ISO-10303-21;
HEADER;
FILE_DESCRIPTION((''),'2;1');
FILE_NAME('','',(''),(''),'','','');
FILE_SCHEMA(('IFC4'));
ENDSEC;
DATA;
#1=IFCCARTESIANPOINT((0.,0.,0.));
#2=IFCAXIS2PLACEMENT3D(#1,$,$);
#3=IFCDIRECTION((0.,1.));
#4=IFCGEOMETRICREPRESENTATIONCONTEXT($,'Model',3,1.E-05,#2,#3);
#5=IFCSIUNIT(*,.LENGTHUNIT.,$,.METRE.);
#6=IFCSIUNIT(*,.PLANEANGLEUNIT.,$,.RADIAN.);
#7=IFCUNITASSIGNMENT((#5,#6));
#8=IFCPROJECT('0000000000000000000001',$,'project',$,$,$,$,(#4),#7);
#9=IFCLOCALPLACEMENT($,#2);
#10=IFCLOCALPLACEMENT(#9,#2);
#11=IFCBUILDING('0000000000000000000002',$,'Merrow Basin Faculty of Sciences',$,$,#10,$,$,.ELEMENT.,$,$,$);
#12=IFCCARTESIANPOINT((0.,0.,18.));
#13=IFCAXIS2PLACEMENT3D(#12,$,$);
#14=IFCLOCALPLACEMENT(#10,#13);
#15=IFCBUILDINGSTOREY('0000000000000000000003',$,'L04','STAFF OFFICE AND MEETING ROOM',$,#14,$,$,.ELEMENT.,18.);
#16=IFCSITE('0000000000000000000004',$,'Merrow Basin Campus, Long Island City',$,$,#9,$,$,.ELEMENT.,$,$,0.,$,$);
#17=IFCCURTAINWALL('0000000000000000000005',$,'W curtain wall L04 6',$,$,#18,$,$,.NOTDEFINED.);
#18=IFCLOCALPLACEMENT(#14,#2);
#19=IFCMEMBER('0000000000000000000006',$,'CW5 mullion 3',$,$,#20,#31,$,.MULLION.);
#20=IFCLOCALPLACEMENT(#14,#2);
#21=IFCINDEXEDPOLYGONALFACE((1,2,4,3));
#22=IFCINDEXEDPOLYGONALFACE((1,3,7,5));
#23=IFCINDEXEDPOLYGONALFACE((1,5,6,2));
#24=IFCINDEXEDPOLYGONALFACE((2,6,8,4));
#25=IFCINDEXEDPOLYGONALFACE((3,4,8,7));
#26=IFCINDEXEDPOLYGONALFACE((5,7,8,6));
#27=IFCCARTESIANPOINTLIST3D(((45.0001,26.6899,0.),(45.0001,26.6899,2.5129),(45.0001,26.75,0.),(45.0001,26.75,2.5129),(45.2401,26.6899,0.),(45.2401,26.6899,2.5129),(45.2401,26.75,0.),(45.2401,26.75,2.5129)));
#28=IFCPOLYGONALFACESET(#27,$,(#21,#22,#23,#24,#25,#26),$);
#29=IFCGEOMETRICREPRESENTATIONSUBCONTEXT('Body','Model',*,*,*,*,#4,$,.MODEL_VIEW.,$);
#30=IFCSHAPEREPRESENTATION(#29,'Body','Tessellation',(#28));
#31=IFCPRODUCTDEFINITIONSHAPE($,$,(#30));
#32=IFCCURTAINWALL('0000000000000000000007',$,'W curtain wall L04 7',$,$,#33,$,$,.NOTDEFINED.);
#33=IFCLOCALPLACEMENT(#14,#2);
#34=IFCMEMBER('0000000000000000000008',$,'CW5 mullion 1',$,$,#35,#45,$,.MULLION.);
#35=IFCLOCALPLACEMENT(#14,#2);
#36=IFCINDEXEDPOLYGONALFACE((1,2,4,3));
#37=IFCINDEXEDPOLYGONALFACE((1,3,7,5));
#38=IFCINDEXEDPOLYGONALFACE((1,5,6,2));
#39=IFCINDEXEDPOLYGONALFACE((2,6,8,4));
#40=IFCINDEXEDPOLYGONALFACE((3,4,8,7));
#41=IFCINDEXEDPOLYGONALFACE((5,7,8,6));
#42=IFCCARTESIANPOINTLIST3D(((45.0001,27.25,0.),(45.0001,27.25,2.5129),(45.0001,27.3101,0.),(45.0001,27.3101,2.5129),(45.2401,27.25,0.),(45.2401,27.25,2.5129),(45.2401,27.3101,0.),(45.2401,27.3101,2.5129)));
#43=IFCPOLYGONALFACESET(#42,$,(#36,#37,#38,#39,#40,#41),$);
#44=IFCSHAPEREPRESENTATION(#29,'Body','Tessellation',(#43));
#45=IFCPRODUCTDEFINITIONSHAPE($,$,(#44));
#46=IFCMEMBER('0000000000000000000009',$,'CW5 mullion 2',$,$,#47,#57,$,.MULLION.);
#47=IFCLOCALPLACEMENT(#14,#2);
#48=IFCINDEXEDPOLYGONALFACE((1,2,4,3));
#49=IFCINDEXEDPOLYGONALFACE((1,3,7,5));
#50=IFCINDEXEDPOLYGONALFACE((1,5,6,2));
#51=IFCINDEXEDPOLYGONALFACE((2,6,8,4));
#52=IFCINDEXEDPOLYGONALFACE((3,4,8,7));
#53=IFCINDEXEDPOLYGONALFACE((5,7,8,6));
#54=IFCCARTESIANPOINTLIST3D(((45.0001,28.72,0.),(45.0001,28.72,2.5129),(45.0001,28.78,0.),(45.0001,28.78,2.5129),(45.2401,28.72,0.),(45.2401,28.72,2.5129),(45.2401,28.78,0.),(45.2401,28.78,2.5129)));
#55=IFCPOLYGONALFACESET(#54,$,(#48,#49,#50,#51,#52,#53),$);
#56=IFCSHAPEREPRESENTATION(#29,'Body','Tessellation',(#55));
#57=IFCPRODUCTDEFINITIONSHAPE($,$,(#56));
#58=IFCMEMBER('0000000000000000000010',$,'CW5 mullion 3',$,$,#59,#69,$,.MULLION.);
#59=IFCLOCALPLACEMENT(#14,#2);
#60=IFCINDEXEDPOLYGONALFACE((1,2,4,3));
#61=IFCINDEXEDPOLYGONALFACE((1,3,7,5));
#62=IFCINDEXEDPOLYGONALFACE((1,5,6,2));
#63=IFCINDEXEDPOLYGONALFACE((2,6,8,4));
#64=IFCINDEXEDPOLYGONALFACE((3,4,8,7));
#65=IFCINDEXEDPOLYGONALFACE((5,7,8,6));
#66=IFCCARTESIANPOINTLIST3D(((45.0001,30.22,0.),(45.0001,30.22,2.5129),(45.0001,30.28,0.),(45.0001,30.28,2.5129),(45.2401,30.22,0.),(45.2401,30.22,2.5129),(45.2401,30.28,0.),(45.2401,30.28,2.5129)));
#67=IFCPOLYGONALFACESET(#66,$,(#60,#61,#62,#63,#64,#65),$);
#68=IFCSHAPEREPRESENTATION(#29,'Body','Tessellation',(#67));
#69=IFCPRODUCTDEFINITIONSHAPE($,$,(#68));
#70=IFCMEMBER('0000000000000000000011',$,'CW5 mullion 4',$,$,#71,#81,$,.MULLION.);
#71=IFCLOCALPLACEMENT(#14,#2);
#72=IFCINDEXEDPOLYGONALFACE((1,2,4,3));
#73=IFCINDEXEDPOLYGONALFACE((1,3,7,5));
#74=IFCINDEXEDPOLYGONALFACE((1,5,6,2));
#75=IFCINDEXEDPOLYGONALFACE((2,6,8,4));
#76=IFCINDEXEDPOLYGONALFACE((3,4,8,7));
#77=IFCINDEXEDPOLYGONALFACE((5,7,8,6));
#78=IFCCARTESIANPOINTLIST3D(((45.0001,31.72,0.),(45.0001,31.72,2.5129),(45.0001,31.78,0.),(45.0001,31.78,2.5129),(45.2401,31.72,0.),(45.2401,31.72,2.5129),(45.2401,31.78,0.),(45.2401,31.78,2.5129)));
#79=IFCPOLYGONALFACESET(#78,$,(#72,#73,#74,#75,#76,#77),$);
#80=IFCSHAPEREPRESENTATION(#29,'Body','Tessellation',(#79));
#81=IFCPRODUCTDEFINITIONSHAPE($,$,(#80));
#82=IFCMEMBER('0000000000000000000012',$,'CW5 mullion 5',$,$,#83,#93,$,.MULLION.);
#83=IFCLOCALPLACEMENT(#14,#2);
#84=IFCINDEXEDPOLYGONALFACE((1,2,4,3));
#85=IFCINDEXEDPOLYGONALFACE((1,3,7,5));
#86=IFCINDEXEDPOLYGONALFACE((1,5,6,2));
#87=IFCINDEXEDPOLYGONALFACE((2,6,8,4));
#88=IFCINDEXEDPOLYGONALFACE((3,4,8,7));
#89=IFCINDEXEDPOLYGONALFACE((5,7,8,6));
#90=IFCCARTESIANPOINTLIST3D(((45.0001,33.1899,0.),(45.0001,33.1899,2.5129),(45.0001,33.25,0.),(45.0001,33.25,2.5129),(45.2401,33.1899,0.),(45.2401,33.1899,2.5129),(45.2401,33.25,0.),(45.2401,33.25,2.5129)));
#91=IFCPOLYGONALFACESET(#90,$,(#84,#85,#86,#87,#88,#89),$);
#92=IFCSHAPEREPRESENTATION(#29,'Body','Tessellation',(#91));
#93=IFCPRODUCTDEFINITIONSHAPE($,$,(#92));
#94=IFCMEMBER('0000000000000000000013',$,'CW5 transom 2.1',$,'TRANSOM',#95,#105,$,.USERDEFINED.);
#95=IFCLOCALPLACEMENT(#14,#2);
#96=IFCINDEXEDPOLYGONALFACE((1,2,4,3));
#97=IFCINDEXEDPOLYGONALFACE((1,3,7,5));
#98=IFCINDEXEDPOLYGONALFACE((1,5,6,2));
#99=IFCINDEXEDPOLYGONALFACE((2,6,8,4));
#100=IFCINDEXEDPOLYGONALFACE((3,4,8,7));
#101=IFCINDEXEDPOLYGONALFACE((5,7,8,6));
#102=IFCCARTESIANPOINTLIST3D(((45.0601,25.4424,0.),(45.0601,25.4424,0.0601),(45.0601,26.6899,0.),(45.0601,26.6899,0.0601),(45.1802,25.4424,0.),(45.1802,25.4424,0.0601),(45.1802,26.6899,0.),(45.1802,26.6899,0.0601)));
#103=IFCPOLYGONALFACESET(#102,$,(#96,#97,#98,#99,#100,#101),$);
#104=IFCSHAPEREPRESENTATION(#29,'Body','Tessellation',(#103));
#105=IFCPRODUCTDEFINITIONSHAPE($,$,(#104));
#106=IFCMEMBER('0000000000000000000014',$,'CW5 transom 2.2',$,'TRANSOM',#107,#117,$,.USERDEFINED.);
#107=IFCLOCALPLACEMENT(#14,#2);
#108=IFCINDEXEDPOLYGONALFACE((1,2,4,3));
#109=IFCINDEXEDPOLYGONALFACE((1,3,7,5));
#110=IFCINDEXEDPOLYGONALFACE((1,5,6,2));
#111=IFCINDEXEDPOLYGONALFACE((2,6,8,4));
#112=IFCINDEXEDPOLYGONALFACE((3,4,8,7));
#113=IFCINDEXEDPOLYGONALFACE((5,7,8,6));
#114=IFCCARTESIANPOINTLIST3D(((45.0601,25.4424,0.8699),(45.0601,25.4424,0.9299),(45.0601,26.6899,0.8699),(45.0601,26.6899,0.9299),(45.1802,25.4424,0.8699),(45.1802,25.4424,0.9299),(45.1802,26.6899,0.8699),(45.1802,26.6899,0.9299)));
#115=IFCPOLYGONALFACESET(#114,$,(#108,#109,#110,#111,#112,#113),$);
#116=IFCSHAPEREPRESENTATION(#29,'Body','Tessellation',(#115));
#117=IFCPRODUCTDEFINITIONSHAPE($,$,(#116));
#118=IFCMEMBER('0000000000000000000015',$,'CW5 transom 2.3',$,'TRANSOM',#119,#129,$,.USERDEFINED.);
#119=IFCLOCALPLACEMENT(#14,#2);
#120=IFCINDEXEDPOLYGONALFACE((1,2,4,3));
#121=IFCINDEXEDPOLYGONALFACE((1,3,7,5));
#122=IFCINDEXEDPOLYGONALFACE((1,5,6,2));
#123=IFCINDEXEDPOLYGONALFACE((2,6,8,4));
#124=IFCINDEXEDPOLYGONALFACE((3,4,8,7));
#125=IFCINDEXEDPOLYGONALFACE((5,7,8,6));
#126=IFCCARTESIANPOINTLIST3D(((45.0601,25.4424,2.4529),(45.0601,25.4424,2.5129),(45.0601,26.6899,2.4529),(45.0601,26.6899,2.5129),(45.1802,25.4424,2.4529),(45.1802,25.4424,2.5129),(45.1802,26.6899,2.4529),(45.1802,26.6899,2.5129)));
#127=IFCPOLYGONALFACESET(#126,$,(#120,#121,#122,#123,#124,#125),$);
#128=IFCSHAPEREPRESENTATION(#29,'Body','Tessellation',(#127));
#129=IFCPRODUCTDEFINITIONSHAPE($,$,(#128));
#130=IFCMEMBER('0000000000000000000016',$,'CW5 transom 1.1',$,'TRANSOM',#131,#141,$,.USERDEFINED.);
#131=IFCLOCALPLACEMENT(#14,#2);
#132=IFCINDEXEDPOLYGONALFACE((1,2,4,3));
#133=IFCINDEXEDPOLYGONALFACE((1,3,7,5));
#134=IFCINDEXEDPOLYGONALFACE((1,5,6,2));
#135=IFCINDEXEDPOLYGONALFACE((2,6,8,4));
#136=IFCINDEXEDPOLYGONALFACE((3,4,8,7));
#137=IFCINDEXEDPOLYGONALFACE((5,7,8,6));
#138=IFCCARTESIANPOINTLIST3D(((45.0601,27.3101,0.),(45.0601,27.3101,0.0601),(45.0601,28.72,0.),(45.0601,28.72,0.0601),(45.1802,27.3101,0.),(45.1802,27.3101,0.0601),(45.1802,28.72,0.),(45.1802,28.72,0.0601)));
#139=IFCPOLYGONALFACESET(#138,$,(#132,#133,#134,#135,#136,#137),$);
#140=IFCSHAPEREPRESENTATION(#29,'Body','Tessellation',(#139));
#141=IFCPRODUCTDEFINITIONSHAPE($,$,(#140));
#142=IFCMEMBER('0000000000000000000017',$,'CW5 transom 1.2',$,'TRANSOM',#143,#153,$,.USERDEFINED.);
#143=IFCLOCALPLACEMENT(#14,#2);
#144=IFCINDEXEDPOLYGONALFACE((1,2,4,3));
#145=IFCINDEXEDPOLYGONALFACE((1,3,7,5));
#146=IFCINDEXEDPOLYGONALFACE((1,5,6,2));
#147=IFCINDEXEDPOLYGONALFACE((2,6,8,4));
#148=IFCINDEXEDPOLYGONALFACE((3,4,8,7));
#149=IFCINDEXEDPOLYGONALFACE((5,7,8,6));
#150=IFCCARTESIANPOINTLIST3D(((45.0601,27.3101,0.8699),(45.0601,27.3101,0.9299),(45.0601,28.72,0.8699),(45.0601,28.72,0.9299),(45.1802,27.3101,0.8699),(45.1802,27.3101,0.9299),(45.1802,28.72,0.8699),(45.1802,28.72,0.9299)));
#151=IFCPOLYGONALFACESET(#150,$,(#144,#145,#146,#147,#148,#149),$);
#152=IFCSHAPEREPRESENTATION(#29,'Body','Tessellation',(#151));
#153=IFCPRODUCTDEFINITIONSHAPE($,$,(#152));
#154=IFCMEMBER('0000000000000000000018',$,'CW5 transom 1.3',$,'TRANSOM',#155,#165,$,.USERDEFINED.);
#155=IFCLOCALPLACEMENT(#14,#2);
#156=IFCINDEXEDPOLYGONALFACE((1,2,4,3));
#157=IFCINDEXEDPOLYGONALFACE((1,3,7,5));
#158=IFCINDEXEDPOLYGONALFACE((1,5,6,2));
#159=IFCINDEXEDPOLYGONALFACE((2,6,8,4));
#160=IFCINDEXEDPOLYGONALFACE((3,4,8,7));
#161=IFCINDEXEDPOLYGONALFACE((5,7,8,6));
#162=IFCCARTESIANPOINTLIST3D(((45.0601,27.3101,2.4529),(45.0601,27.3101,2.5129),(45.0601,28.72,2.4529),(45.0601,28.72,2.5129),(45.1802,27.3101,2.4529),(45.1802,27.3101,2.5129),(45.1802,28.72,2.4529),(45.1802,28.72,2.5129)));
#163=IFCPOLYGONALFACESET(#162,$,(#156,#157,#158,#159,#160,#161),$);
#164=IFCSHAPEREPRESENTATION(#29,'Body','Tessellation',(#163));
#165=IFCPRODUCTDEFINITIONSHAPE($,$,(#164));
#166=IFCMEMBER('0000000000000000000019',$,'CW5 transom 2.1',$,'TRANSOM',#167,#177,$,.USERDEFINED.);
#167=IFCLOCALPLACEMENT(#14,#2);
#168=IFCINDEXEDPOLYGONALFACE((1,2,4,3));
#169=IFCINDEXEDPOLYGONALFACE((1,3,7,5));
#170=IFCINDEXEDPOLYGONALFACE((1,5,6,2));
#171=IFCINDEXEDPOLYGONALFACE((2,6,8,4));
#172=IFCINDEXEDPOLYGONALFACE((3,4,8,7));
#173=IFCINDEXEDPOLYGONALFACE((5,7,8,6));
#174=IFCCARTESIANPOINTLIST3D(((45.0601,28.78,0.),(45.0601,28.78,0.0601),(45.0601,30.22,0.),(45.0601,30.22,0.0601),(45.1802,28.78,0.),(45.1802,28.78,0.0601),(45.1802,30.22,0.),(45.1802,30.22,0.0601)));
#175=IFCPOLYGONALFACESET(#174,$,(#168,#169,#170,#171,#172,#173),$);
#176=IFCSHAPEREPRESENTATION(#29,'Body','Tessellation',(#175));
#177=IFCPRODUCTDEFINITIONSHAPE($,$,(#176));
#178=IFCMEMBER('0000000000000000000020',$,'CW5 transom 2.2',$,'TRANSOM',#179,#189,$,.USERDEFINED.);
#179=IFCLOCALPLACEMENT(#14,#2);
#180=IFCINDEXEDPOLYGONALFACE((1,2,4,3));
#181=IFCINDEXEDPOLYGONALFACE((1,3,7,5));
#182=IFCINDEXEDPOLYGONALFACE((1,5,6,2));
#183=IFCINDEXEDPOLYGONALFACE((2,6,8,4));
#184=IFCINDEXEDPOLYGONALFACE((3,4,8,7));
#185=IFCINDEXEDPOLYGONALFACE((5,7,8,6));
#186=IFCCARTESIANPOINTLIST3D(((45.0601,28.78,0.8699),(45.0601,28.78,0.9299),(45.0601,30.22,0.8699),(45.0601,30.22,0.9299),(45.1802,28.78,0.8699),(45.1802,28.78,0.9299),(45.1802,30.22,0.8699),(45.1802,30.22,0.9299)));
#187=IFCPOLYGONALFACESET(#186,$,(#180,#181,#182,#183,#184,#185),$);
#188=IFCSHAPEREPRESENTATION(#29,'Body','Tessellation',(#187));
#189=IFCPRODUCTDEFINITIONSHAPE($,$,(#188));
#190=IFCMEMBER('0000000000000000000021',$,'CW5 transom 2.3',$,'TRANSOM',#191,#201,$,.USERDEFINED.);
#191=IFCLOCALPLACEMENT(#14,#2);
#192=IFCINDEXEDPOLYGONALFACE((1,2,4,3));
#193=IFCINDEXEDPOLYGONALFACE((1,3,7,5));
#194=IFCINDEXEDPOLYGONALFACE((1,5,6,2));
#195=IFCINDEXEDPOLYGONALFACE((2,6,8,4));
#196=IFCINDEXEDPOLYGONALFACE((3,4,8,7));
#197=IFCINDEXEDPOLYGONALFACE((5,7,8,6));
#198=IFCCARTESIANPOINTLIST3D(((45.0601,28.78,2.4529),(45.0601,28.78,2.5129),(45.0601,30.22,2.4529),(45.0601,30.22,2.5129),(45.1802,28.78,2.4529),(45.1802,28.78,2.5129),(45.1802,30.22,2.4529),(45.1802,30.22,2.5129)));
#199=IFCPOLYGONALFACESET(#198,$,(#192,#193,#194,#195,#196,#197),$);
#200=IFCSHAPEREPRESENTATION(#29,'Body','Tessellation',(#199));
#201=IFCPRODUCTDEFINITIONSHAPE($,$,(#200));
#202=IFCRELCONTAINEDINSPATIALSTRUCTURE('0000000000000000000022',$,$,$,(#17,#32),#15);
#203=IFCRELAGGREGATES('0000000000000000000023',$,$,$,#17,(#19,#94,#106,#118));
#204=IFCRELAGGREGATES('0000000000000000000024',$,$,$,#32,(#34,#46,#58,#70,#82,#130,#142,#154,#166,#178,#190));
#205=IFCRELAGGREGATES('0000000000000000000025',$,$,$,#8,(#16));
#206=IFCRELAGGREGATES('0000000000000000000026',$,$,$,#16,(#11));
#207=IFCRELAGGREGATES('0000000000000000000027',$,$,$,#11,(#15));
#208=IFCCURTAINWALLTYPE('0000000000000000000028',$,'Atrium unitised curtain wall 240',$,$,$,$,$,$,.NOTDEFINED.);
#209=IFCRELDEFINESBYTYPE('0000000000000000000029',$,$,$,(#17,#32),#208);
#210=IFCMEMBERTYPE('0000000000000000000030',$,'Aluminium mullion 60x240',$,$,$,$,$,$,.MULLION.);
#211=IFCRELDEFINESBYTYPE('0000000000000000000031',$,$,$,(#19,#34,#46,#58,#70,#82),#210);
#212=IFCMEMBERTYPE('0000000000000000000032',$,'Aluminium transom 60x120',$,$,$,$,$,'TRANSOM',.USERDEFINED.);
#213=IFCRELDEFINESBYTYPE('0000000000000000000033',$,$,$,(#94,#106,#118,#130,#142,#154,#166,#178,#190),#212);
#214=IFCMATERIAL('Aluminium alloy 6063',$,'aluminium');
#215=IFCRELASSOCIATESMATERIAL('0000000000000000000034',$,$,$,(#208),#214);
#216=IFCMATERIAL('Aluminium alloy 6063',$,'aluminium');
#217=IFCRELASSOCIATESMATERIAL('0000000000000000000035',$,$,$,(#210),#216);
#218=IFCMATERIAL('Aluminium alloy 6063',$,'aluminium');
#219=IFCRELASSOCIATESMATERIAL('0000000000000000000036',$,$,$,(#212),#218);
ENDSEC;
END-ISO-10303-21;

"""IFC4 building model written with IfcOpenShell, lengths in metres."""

from ifc_helpers import new_model, si_unit, direction, frame, origin, origin_2d, place, context, subcontext, project, spatial, rectangle, extrude, material, material_profile, profile_set, type_object, element, aggregate, save


model = new_model("IFC4")

# Units and contexts
model_context = context("Model", 3, precision=1e-05, world=origin(), true_north=direction((0.0, 1.0)))
body_context = subcontext(model_context, "Body", "Model", "MODEL_VIEW")
ifc_project = project(units=[si_unit("LENGTHUNIT", "METRE"), si_unit("PLANEANGLEUNIT", "RADIAN")], contexts=[model_context])

# Site, building, storey
site_placement = place(None, origin())
site = spatial("IfcSite", under=ifc_project, at=site_placement, Name="Merrow Basin Campus, Long Island City", CompositionType="ELEMENT", RefElevation=0.0)
building_placement = place(site_placement, origin())
building = spatial("IfcBuilding", under=site, at=building_placement, Name="Merrow Basin Faculty of Sciences", CompositionType="ELEMENT")
storey_placement = place(building_placement, frame((0.0, 0.0, 18.0)))
storey = spatial("IfcBuildingStorey", under=building, at=storey_placement, Name="L04", Description="STAFF OFFICE AND MEETING ROOM", CompositionType="ELEMENT", Elevation=18.0)

# Curtain wall, member
ifc_material_1 = material(Name="Aluminium alloy 6063", Category="aluminium")
curtain_wall_type = type_object("IfcCurtainWallType", Name="Atrium unitised curtain wall 240", PredefinedType="NOTDEFINED", material=ifc_material_1)
curtain_wall_1_placement = place(storey_placement, origin())
curtain_wall_1 = element("IfcCurtainWall", 1, at=curtain_wall_1_placement, inside=storey, type_object=curtain_wall_type, Name="W curtain wall L04 6", PredefinedType="NOTDEFINED")
ifc_material_2 = material(Name="Aluminium alloy 6063", Category="aluminium")
ifc_material_profile_1 = material_profile(ifc_material_2, rectangle(XDim=0.24, YDim=0.0601, at=origin_2d()))
ifc_profile_set_1 = profile_set([ifc_material_profile_1], Name="Aluminium alloy 6063")
member_type_1 = type_object("IfcMemberType", Name="Aluminium mullion 60x240", PredefinedType="MULLION", material=ifc_profile_set_1)
member_1_placement = place(storey_placement, frame((45.1201, 26.72, 0.0), z_axis=(0.0, 0.0, 1.0), x_axis=(-1.0, 0.0, 0.0)))
member_1 = element("IfcMember", 2, at=member_1_placement, type_object=member_type_1, Name="CW5 mullion 3", PredefinedType="MULLION", context=body_context, shape_type="SweptSolid", body=[
    extrude(rectangle(XDim=0.24, YDim=0.0601, at=origin_2d()), origin(), (0.0, 0.0, 1.0), 2.5129),
])

# Curtain wall, members
curtain_wall_2_placement = place(storey_placement, origin())
curtain_wall_2 = element("IfcCurtainWall", 3, at=curtain_wall_2_placement, inside=storey, type_object=curtain_wall_type, Name="W curtain wall L04 7", PredefinedType="NOTDEFINED")
member_2_placement = place(storey_placement, frame((45.1201, 27.28, 0.0), z_axis=(0.0, 0.0, 1.0), x_axis=(-1.0, 0.0, 0.0)))
member_2 = element("IfcMember", 4, at=member_2_placement, type_object=member_type_1, Name="CW5 mullion 1", PredefinedType="MULLION", context=body_context, shape_type="SweptSolid", body=[
    extrude(rectangle(XDim=0.24, YDim=0.0601, at=origin_2d()), origin(), (0.0, 0.0, 1.0), 2.5129),
])
member_3_placement = place(storey_placement, frame((45.1201, 28.75, 0.0), z_axis=(0.0, 0.0, 1.0), x_axis=(-1.0, 0.0, 0.0)))
member_3 = element("IfcMember", 5, at=member_3_placement, type_object=member_type_1, Name="CW5 mullion 2", PredefinedType="MULLION", context=body_context, shape_type="SweptSolid", body=[
    extrude(rectangle(XDim=0.24, YDim=0.0601, at=origin_2d()), origin(), (0.0, 0.0, 1.0), 2.5129),
])
member_4_placement = place(storey_placement, frame((45.1201, 30.25, 0.0), z_axis=(0.0, 0.0, 1.0), x_axis=(-1.0, 0.0, 0.0)))
member_4 = element("IfcMember", 6, at=member_4_placement, type_object=member_type_1, Name="CW5 mullion 3", PredefinedType="MULLION", context=body_context, shape_type="SweptSolid", body=[
    extrude(rectangle(XDim=0.24, YDim=0.0601, at=origin_2d()), origin(), (0.0, 0.0, 1.0), 2.5129),
])
member_5_placement = place(storey_placement, frame((45.1201, 31.75, 0.0), z_axis=(0.0, 0.0, 1.0), x_axis=(-1.0, 0.0, 0.0)))
member_5 = element("IfcMember", 7, at=member_5_placement, type_object=member_type_1, Name="CW5 mullion 4", PredefinedType="MULLION", context=body_context, shape_type="SweptSolid", body=[
    extrude(rectangle(XDim=0.24, YDim=0.0601, at=origin_2d()), origin(), (0.0, 0.0, 1.0), 2.5129),
])
member_6_placement = place(storey_placement, frame((45.1201, 33.22, 0.0), z_axis=(0.0, 0.0, 1.0), x_axis=(-1.0, 0.0, 0.0)))
member_6 = element("IfcMember", 8, at=member_6_placement, type_object=member_type_1, Name="CW5 mullion 5", PredefinedType="MULLION", context=body_context, shape_type="SweptSolid", body=[
    extrude(rectangle(XDim=0.24, YDim=0.0601, at=origin_2d()), origin(), (0.0, 0.0, 1.0), 2.5129),
])

# Members
ifc_material_3 = material(Name="Aluminium alloy 6063", Category="aluminium")
ifc_material_profile_2 = material_profile(ifc_material_3, rectangle(XDim=0.1201, YDim=0.0601, at=origin_2d()))
ifc_profile_set_2 = profile_set([ifc_material_profile_2], Name="Aluminium alloy 6063")
member_type_2 = type_object("IfcMemberType", Name="Aluminium transom 60x120", ElementType="TRANSOM", PredefinedType="USERDEFINED", material=ifc_profile_set_2)
member_7_placement = place(storey_placement, frame((45.1201, 25.4424, 0.03), z_axis=(0.0, 1.0, 0.0), x_axis=(-1.0, 0.0, 0.0)))
member_7 = element("IfcMember", 9, at=member_7_placement, type_object=member_type_2, Name="CW5 transom 2.1", ObjectType="TRANSOM", PredefinedType="USERDEFINED", context=body_context, shape_type="SweptSolid", body=[
    extrude(rectangle(XDim=0.1201, YDim=0.0601, at=origin_2d()), origin(), (0.0, 0.0, 1.0), 1.2476),
])
member_8_placement = place(storey_placement, frame((45.1201, 25.4424, 0.8999), z_axis=(0.0, 1.0, 0.0), x_axis=(-1.0, 0.0, 0.0)))
member_8 = element("IfcMember", 10, at=member_8_placement, type_object=member_type_2, Name="CW5 transom 2.2", ObjectType="TRANSOM", PredefinedType="USERDEFINED", context=body_context, shape_type="SweptSolid", body=[
    extrude(rectangle(XDim=0.1201, YDim=0.0601, at=origin_2d()), origin(), (0.0, 0.0, 1.0), 1.2476),
])
member_9_placement = place(storey_placement, frame((45.1201, 25.4424, 2.4829), z_axis=(0.0, 1.0, 0.0), x_axis=(-1.0, 0.0, 0.0)))
member_9 = element("IfcMember", 11, at=member_9_placement, type_object=member_type_2, Name="CW5 transom 2.3", ObjectType="TRANSOM", PredefinedType="USERDEFINED", context=body_context, shape_type="SweptSolid", body=[
    extrude(rectangle(XDim=0.1201, YDim=0.0601, at=origin_2d()), origin(), (0.0, 0.0, 1.0), 1.2476),
])
member_10_placement = place(storey_placement, frame((45.1201, 27.3101, 0.03), z_axis=(0.0, 1.0, 0.0), x_axis=(-1.0, 0.0, 0.0)))
member_10 = element("IfcMember", 12, at=member_10_placement, type_object=member_type_2, Name="CW5 transom 1.1", ObjectType="TRANSOM", PredefinedType="USERDEFINED", context=body_context, shape_type="SweptSolid", body=[
    extrude(rectangle(XDim=0.1201, YDim=0.0601, at=origin_2d()), origin(), (0.0, 0.0, 1.0), 1.4099),
])
member_11_placement = place(storey_placement, frame((45.1201, 27.3101, 0.8999), z_axis=(0.0, 1.0, 0.0), x_axis=(-1.0, 0.0, 0.0)))
member_11 = element("IfcMember", 13, at=member_11_placement, type_object=member_type_2, Name="CW5 transom 1.2", ObjectType="TRANSOM", PredefinedType="USERDEFINED", context=body_context, shape_type="SweptSolid", body=[
    extrude(rectangle(XDim=0.1201, YDim=0.0601, at=origin_2d()), origin(), (0.0, 0.0, 1.0), 1.4099),
])
member_12_placement = place(storey_placement, frame((45.1201, 27.3101, 2.4829), z_axis=(0.0, 1.0, 0.0), x_axis=(-1.0, 0.0, 0.0)))
member_12 = element("IfcMember", 14, at=member_12_placement, type_object=member_type_2, Name="CW5 transom 1.3", ObjectType="TRANSOM", PredefinedType="USERDEFINED", context=body_context, shape_type="SweptSolid", body=[
    extrude(rectangle(XDim=0.1201, YDim=0.0601, at=origin_2d()), origin(), (0.0, 0.0, 1.0), 1.4099),
])
member_13_placement = place(storey_placement, frame((45.1201, 28.78, 0.03), z_axis=(0.0, 1.0, 0.0), x_axis=(-1.0, 0.0, 0.0)))
member_13 = element("IfcMember", 15, at=member_13_placement, type_object=member_type_2, Name="CW5 transom 2.1", ObjectType="TRANSOM", PredefinedType="USERDEFINED", context=body_context, shape_type="SweptSolid", body=[
    extrude(rectangle(XDim=0.1201, YDim=0.0601, at=origin_2d()), origin(), (0.0, 0.0, 1.0), 1.4399),
])
member_14_placement = place(storey_placement, frame((45.1201, 28.78, 0.8999), z_axis=(0.0, 1.0, 0.0), x_axis=(-1.0, 0.0, 0.0)))
member_14 = element("IfcMember", 16, at=member_14_placement, type_object=member_type_2, Name="CW5 transom 2.2", ObjectType="TRANSOM", PredefinedType="USERDEFINED", context=body_context, shape_type="SweptSolid", body=[
    extrude(rectangle(XDim=0.1201, YDim=0.0601, at=origin_2d()), origin(), (0.0, 0.0, 1.0), 1.4399),
])
member_15_placement = place(storey_placement, frame((45.1201, 28.78, 2.4829), z_axis=(0.0, 1.0, 0.0), x_axis=(-1.0, 0.0, 0.0)))
member_15 = element("IfcMember", 17, at=member_15_placement, type_object=member_type_2, Name="CW5 transom 2.3", ObjectType="TRANSOM", PredefinedType="USERDEFINED", context=body_context, shape_type="SweptSolid", body=[
    extrude(rectangle(XDim=0.1201, YDim=0.0601, at=origin_2d()), origin(), (0.0, 0.0, 1.0), 1.4399),
])

aggregate(curtain_wall_1, [member_1, member_7, member_8, member_9])
aggregate(curtain_wall_2, [member_2, member_3, member_4, member_5, member_6, member_10, member_11, member_12, member_13, member_14, member_15])

save(model, "model.ifc")
